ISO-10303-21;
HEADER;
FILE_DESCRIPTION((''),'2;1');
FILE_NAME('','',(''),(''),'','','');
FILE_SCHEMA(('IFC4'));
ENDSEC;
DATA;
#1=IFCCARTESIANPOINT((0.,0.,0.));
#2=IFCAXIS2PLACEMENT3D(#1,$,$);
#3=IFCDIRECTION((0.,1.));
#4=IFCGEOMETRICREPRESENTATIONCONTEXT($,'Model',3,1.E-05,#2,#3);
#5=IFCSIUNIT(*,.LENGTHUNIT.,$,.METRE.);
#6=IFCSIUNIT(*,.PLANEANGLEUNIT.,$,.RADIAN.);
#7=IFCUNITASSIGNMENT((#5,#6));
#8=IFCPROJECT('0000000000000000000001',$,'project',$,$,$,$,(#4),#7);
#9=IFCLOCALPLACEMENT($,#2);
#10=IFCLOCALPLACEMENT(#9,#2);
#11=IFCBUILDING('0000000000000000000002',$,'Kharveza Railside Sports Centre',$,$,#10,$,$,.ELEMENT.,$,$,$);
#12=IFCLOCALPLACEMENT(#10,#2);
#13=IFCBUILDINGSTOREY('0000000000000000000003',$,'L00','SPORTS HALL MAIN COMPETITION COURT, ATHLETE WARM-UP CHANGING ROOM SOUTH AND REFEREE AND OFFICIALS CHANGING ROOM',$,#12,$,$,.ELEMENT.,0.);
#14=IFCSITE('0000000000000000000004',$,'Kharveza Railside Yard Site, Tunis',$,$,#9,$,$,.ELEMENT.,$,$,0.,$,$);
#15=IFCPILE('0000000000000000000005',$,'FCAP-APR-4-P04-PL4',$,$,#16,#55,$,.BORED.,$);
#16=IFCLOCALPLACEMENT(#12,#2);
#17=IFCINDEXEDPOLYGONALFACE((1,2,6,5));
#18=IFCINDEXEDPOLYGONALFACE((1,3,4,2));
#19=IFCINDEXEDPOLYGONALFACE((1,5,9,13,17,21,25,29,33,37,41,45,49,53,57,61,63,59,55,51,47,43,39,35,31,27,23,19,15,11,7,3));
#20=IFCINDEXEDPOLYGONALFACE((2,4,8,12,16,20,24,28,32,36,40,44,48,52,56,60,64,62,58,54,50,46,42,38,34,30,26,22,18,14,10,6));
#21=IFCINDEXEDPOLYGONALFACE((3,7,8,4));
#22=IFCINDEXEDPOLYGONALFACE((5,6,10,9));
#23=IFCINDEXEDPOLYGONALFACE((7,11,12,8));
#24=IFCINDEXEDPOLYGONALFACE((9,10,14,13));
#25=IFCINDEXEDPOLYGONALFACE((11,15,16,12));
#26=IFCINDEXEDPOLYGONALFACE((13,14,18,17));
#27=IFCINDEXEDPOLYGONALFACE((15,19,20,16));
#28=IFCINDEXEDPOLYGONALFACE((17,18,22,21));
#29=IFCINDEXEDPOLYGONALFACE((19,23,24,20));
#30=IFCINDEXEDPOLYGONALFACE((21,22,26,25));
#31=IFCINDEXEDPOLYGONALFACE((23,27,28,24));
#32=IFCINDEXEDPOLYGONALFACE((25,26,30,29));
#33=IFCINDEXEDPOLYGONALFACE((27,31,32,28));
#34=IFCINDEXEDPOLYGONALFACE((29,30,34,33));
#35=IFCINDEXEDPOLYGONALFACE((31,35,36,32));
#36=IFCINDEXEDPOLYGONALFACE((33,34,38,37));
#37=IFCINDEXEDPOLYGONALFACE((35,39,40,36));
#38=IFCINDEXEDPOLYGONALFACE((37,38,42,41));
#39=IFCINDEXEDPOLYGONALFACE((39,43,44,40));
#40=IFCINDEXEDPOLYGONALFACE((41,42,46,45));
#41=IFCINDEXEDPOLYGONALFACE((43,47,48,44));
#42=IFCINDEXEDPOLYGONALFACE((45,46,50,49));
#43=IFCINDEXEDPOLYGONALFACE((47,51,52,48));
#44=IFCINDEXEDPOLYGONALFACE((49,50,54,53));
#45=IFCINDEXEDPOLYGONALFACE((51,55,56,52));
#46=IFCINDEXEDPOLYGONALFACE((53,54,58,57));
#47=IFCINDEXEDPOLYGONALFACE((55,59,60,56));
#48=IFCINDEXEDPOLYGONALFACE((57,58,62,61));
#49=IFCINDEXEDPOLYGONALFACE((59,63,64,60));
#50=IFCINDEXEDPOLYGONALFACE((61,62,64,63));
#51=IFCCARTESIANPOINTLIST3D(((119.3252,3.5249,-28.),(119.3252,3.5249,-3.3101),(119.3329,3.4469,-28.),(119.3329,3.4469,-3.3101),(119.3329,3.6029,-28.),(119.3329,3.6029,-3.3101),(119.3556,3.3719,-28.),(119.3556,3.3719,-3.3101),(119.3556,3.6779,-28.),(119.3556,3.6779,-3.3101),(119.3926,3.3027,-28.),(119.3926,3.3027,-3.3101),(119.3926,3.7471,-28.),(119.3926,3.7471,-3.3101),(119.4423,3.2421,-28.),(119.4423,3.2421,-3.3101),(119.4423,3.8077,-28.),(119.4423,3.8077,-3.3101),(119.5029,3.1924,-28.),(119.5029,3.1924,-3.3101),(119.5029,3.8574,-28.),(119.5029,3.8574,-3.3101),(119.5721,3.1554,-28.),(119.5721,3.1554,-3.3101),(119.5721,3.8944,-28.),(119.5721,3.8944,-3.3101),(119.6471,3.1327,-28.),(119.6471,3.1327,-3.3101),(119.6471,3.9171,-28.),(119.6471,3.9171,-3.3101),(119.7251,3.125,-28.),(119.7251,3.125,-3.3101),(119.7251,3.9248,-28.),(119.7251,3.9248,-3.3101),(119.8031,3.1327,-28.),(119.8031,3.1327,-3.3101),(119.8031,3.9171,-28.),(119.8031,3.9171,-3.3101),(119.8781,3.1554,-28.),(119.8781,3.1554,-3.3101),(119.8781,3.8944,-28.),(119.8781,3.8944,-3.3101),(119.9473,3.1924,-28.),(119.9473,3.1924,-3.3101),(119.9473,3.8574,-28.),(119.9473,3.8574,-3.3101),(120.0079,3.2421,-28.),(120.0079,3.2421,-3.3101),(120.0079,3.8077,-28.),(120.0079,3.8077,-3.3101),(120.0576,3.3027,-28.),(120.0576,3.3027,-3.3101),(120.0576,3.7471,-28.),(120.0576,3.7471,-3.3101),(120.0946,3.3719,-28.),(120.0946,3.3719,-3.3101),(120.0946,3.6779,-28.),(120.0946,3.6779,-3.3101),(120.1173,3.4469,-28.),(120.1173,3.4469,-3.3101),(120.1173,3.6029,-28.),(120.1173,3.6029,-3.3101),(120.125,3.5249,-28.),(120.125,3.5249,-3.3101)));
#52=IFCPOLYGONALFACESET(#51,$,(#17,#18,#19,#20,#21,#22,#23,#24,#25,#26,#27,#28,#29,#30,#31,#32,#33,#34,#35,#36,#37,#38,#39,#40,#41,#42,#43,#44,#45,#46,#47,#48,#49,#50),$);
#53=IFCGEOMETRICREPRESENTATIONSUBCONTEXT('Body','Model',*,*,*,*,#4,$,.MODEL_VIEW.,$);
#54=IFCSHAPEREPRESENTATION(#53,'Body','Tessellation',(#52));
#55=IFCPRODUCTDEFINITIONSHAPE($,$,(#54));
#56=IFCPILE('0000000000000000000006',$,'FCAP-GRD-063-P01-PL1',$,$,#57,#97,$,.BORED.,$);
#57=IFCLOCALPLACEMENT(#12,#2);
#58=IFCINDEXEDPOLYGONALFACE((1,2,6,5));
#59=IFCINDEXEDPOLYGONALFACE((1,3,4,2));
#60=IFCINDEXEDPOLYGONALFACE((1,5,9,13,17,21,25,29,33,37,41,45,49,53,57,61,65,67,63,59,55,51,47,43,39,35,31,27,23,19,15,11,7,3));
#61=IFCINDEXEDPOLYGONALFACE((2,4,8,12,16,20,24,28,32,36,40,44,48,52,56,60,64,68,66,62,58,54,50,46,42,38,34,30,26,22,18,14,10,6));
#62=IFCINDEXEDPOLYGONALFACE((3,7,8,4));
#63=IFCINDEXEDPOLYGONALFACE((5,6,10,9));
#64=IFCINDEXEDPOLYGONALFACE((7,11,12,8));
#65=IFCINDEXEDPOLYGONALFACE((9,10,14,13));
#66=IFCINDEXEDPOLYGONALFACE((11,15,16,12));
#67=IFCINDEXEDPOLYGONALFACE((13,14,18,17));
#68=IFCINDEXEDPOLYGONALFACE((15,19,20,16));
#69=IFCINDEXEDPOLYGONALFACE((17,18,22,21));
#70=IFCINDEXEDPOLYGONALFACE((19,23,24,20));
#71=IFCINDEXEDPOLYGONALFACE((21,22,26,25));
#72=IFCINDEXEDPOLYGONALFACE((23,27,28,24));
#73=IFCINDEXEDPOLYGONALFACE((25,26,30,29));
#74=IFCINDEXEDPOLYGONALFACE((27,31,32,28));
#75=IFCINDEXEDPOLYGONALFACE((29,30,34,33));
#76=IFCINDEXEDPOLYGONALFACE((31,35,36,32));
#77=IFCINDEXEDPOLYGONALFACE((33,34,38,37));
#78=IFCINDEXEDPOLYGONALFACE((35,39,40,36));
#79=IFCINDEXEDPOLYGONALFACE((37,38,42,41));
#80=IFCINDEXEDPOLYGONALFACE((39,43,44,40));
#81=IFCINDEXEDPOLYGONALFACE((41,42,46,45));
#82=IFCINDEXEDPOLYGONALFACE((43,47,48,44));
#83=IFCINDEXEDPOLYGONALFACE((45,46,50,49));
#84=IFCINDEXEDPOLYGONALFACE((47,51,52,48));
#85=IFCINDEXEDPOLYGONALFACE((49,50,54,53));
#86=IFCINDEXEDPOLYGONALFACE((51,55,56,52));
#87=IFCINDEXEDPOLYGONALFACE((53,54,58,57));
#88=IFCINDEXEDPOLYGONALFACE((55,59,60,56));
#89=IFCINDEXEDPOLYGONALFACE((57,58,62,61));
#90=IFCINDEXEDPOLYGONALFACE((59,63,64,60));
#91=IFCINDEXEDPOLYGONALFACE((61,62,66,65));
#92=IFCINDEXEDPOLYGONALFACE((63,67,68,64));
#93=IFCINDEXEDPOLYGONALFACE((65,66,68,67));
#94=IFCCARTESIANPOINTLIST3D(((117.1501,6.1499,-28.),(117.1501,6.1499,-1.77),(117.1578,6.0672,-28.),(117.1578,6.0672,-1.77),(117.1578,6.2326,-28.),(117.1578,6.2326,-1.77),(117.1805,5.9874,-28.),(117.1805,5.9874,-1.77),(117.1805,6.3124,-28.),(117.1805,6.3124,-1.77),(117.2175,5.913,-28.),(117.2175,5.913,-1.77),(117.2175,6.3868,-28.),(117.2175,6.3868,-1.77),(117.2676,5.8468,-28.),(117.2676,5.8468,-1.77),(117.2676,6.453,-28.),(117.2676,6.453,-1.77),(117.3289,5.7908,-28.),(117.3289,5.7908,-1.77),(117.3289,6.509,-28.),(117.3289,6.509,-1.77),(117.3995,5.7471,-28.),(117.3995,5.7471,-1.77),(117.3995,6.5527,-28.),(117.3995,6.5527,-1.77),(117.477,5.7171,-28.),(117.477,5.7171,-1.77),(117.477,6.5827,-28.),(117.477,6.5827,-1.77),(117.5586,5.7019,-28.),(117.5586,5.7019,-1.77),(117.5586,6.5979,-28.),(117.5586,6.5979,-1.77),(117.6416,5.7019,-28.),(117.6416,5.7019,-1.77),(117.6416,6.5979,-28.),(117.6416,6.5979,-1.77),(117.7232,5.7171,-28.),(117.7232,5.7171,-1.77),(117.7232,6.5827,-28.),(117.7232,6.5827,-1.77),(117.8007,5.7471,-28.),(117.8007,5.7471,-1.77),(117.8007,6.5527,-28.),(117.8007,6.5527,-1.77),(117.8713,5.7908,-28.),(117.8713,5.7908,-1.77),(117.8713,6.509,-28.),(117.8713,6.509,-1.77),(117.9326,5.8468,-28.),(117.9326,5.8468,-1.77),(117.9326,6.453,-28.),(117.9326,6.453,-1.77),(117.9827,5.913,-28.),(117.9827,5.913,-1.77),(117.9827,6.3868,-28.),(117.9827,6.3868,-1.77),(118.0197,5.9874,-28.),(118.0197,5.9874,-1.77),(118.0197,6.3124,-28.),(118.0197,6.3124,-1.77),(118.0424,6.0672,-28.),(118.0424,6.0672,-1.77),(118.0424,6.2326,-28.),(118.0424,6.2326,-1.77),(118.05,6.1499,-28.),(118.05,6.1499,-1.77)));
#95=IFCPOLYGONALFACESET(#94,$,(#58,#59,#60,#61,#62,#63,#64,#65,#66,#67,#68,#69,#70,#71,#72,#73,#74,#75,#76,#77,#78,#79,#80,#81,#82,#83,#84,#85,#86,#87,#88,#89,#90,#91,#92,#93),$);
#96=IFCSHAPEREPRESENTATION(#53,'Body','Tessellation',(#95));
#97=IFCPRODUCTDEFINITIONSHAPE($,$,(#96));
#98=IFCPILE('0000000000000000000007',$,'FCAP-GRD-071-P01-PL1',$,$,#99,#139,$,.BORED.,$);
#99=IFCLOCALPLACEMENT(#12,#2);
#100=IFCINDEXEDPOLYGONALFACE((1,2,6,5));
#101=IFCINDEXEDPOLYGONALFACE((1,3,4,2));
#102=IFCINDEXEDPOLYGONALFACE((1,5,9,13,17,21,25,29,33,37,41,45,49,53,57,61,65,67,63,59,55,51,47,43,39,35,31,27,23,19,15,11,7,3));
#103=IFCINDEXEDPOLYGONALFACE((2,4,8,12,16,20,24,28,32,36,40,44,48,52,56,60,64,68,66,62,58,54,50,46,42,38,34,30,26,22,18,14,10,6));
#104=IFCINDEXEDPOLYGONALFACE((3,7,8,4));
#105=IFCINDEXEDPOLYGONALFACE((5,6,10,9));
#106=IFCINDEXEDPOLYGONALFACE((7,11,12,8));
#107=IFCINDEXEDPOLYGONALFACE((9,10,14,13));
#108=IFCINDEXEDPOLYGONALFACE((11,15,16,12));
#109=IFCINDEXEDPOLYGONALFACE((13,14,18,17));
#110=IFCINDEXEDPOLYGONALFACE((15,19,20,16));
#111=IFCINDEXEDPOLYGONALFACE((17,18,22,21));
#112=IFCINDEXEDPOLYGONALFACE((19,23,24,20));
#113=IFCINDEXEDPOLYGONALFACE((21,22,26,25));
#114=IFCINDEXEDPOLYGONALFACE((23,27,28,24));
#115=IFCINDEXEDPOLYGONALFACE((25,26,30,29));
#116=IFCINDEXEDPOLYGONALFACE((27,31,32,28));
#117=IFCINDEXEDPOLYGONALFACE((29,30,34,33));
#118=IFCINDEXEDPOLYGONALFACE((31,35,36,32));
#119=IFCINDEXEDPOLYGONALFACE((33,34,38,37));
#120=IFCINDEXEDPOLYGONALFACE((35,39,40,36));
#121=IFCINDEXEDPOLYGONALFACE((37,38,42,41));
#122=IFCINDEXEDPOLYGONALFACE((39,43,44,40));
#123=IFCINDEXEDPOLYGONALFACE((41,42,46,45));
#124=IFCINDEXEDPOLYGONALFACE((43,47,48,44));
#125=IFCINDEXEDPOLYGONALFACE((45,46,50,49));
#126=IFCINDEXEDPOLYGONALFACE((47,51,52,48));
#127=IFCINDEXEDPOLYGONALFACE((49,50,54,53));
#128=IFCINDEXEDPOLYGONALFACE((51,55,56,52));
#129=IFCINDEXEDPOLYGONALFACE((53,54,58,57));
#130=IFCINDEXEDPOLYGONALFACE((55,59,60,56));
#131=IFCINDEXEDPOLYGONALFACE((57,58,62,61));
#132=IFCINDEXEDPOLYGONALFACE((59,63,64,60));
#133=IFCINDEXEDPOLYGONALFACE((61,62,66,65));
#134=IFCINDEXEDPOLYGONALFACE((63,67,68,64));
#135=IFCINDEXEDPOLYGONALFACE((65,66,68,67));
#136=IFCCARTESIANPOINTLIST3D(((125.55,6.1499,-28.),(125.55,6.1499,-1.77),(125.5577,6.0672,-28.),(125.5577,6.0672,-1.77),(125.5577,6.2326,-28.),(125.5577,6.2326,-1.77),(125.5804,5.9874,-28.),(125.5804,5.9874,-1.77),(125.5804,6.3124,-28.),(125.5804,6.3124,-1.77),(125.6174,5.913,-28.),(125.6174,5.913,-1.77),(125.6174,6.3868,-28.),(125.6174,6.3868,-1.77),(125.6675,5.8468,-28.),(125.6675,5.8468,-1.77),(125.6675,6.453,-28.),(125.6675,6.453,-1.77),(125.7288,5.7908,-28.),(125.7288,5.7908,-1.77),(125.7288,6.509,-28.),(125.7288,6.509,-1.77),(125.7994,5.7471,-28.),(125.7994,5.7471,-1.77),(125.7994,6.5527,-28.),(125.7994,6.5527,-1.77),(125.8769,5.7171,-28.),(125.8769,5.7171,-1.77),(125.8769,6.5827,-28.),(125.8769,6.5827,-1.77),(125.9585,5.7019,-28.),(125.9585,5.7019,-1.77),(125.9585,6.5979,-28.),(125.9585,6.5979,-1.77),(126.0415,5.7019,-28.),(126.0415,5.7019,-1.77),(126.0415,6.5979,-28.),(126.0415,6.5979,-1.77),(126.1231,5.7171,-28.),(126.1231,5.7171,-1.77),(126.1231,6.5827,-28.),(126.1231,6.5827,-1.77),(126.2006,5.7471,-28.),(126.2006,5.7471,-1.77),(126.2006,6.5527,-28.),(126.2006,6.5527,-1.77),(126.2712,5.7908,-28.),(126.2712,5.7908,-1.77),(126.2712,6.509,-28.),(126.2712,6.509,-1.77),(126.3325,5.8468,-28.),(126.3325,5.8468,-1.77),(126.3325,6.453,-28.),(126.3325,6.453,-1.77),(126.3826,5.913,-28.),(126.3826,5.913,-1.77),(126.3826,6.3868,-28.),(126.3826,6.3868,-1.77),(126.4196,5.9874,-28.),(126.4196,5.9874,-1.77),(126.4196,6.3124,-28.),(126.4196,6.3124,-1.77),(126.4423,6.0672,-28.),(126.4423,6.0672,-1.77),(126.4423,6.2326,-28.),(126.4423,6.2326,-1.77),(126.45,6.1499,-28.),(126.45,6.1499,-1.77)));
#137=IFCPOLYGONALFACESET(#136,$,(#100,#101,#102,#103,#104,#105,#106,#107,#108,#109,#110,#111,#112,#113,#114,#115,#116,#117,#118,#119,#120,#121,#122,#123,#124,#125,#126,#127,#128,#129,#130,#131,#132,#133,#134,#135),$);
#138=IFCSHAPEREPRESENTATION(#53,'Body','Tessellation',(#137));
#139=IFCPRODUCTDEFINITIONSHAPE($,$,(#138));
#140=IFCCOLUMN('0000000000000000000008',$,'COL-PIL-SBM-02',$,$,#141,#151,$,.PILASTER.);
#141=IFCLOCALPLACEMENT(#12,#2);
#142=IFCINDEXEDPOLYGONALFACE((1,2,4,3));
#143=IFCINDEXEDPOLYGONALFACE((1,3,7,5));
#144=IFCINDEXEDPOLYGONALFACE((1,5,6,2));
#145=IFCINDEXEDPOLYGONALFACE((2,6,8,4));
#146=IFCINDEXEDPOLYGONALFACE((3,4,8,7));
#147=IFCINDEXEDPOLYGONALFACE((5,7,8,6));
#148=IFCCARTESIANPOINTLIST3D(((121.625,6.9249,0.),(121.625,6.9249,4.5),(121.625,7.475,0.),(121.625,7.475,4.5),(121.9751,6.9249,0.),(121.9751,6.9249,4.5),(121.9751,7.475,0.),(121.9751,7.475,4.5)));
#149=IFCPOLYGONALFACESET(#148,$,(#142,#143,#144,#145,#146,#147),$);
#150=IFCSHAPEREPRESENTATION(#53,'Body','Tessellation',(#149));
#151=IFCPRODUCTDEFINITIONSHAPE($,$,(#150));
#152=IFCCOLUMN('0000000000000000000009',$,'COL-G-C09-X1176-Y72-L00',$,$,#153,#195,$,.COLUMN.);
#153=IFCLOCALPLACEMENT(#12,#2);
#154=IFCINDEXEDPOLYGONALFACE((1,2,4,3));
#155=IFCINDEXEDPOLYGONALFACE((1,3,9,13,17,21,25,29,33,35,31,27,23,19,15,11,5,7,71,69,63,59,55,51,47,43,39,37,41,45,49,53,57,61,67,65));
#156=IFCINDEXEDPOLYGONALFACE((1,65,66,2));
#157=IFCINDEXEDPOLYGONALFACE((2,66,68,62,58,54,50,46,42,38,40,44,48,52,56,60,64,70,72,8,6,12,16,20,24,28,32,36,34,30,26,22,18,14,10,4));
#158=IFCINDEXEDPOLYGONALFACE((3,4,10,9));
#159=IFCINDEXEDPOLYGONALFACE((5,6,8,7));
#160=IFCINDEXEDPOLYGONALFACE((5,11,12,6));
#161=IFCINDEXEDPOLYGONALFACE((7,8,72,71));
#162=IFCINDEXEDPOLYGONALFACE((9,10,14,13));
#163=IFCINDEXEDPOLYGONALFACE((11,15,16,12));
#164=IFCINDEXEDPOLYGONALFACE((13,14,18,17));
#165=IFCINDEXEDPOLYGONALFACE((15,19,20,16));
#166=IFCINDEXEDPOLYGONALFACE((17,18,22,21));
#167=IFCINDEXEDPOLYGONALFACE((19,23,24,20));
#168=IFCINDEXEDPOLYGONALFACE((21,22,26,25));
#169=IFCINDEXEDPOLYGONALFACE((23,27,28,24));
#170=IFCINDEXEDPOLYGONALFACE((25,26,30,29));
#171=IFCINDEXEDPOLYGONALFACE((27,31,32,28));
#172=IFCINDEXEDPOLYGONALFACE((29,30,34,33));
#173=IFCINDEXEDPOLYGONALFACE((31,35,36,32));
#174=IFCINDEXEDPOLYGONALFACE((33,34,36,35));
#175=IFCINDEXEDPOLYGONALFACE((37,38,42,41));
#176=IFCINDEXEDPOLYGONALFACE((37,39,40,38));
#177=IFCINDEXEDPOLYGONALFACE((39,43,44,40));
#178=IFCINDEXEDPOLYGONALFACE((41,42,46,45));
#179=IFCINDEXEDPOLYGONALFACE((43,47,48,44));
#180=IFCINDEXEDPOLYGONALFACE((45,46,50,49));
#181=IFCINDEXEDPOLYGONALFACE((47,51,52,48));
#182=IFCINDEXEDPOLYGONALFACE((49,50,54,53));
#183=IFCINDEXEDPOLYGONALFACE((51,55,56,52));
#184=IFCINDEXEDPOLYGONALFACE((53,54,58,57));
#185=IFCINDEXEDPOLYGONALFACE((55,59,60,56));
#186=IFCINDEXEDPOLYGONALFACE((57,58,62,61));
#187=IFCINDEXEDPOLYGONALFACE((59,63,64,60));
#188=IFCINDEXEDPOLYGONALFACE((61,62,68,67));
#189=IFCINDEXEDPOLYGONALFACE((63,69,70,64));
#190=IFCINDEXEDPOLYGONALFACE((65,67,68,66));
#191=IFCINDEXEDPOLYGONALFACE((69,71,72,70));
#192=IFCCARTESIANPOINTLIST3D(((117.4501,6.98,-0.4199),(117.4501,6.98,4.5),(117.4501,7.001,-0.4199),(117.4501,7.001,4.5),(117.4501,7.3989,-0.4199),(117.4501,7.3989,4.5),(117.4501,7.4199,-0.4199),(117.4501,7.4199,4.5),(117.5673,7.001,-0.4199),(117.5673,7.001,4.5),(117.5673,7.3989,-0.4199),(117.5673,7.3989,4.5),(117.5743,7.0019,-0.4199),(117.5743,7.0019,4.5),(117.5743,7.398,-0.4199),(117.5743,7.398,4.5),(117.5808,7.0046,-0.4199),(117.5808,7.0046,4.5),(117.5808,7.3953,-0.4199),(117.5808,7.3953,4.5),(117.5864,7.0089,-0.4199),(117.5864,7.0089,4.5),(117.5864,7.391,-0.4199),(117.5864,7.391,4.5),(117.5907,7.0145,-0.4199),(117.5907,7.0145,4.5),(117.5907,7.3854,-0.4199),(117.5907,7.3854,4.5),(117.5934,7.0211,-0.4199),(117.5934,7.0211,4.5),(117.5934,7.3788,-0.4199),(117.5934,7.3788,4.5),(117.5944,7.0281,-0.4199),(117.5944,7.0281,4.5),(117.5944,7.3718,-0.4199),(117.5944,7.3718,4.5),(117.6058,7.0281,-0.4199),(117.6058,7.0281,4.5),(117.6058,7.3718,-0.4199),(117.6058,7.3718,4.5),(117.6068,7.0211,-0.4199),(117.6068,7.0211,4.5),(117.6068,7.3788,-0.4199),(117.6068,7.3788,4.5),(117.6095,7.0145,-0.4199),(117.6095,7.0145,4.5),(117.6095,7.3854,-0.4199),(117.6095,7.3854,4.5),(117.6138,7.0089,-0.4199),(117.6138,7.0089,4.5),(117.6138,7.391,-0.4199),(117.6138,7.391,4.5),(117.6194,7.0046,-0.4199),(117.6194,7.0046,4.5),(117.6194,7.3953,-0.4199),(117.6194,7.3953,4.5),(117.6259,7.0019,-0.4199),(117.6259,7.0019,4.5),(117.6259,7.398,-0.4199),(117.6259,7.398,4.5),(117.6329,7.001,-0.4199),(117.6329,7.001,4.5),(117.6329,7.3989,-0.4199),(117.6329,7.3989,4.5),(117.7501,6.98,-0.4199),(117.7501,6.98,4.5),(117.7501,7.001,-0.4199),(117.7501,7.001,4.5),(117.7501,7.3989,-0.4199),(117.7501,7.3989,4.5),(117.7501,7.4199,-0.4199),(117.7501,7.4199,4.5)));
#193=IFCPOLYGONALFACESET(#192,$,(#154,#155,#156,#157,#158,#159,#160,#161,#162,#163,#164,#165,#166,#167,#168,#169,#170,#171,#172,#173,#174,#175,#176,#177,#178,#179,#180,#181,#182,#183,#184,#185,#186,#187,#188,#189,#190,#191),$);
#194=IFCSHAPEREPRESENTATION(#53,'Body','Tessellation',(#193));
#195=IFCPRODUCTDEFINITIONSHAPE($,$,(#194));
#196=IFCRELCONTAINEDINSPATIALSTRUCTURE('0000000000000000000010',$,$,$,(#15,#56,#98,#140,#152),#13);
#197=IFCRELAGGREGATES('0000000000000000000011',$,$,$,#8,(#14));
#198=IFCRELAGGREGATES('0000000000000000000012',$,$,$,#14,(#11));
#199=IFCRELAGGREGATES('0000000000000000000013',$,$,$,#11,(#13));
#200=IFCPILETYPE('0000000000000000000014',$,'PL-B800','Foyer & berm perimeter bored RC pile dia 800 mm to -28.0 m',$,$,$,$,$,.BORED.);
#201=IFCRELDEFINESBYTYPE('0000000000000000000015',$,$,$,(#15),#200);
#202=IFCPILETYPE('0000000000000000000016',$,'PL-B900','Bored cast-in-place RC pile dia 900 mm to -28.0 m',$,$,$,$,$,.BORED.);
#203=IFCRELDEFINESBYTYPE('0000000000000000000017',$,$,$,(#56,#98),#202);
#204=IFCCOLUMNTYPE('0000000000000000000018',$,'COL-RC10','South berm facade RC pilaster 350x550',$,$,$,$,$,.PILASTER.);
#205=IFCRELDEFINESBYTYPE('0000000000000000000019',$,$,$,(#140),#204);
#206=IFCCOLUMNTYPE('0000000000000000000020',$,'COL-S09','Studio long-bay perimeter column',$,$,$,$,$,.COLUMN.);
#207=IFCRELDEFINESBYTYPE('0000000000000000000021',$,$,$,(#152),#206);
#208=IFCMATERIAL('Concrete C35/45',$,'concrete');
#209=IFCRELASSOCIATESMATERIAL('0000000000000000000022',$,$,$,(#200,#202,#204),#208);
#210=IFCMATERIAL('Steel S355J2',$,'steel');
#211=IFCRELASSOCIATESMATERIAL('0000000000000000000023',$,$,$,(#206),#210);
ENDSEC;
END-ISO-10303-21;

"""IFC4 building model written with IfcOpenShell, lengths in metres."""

from ifc_helpers import new_model, si_unit, direction, frame, origin, origin_2d, place, context, subcontext, project, spatial, rectangle, circle, i_section, extrude, material, material_profile, profile_set, type_object, element, save


model = new_model("IFC4")

# Units and contexts
model_context = context("Model", 3, precision=1e-05, world=origin(), true_north=direction((0.0, 1.0)))
body_context = subcontext(model_context, "Body", "Model", "MODEL_VIEW")
ifc_project = project(units=[si_unit("LENGTHUNIT", "METRE"), si_unit("PLANEANGLEUNIT", "RADIAN")], contexts=[model_context])

# Site, building, storey
site_placement = place(None, origin())
site = spatial("IfcSite", under=ifc_project, at=site_placement, Name="Kharveza Railside Yard Site, Tunis", CompositionType="ELEMENT", RefElevation=0.0)
building_placement = place(site_placement, origin())
building = spatial("IfcBuilding", under=site, at=building_placement, Name="Kharveza Railside Sports Centre", CompositionType="ELEMENT")
storey_placement = place(building_placement, origin())
storey = spatial("IfcBuildingStorey", under=building, at=storey_placement, Name="L00", Description="SPORTS HALL MAIN COMPETITION COURT, ATHLETE WARM-UP CHANGING ROOM SOUTH AND REFEREE AND OFFICIALS CHANGING ROOM", CompositionType="ELEMENT", Elevation=0.0)

# Shared definitions
ifc_material_1 = material(Name="Concrete C35/45", Category="concrete")

# Piles
ifc_material_profile_1 = material_profile(ifc_material_1, circle(Radius=0.3999, at=origin_2d()), Name="PILE D800")
ifc_profile_set_1 = profile_set([ifc_material_profile_1], Name="Concrete C35/45")
pile_type_1 = type_object("IfcPileType", Name="PL-B800", Description="Foyer & berm perimeter bored RC pile dia 800 mm to -28.0 m", PredefinedType="BORED", material=ifc_profile_set_1)
for number, where, z_axis, x_axis, name in (
    (1, (119.7251, 3.5249, -3.3101), (0.0, 0.0, -1.0), (1.0, 0.0, 0.0), "FCAP-APR-4-P04-PL4"),
):
    element("IfcPile", number, at=place(storey_placement, frame(where, z_axis=z_axis, x_axis=x_axis)), inside=storey, type_object=pile_type_1, Name=name, PredefinedType="BORED", context=body_context, shape_type="SweptSolid", body=[
        extrude(circle(Radius=0.3999, at=origin_2d()), origin(), (0.0, 0.0, 1.0), 24.6899),
    ])
ifc_material_profile_2 = material_profile(ifc_material_1, circle(Radius=0.45, at=origin_2d()), Name="PILE D900")
ifc_profile_set_2 = profile_set([ifc_material_profile_2], Name="Concrete C35/45")
pile_type_2 = type_object("IfcPileType", Name="PL-B900", Description="Bored cast-in-place RC pile dia 900 mm to -28.0 m", PredefinedType="BORED", material=ifc_profile_set_2)
for number, where, z_axis, x_axis, name in (
    (2, (117.6001, 6.1499, -1.77), (0.0, 0.0, -1.0), (1.0, 0.0, 0.0), "FCAP-GRD-063-P01-PL1"),
    (3, (126.0, 6.1499, -1.77), (0.0, 0.0, -1.0), (1.0, 0.0, 0.0), "FCAP-GRD-071-P01-PL1"),
):
    element("IfcPile", number, at=place(storey_placement, frame(where, z_axis=z_axis, x_axis=x_axis)), inside=storey, type_object=pile_type_2, Name=name, PredefinedType="BORED", context=body_context, shape_type="SweptSolid", body=[
        extrude(circle(Radius=0.45, at=origin_2d()), origin(), (0.0, 0.0, 1.0), 26.23),
    ])

# Columns
ifc_material_profile_3 = material_profile(ifc_material_1, rectangle(XDim=0.3501, YDim=0.55, at=origin_2d()), Name="RC 350x550")
ifc_profile_set_3 = profile_set([ifc_material_profile_3], Name="Concrete C35/45")
column_type_1 = type_object("IfcColumnType", Name="COL-RC10", Description="South berm facade RC pilaster 350x550", PredefinedType="PILASTER", material=ifc_profile_set_3)
column_placement = place(storey_placement, frame((121.8, 7.2, 0.0), z_axis=(0.0, 0.0, 1.0), x_axis=(1.0, 0.0, 0.0)))
element("IfcColumn", 4, at=column_placement, inside=storey, type_object=column_type_1, Name="COL-PIL-SBM-02", PredefinedType="PILASTER", context=body_context, shape_type="SweptSolid", body=[
    extrude(rectangle(XDim=0.3501, YDim=0.55, at=origin_2d()), origin(), (0.0, 0.0, 1.0), 4.5),
])
ifc_material_2 = material(Name="Steel S355J2", Category="steel")
ifc_material_profile_4 = material_profile(ifc_material_2, i_section(OverallWidth=0.3, OverallDepth=0.4399, WebThickness=0.0115, FlangeThickness=0.021, FilletRadius=0.0271, at=origin_2d()), Name="HEA 450")
ifc_profile_set_4 = profile_set([ifc_material_profile_4], Name="Steel S355J2")
column_type_2 = type_object("IfcColumnType", Name="COL-S09", Description="Studio long-bay perimeter column", PredefinedType="COLUMN", material=ifc_profile_set_4)
for number, where, z_axis, x_axis, name in (
    (5, (117.6001, 7.2, -0.4199), (0.0, 0.0, 1.0), (1.0, 0.0, 0.0), "COL-G-C09-X1176-Y72-L00"),
):
    element("IfcColumn", number, at=place(storey_placement, frame(where, z_axis=z_axis, x_axis=x_axis)), inside=storey, type_object=column_type_2, Name=name, PredefinedType="COLUMN", context=body_context, shape_type="SweptSolid", body=[
        extrude(i_section(OverallWidth=0.3, OverallDepth=0.4399, WebThickness=0.0115, FlangeThickness=0.021, FilletRadius=0.0271, at=origin_2d()), origin(), (0.0, 0.0, 1.0), 4.9199),
    ])

save(model, "model.ifc")
